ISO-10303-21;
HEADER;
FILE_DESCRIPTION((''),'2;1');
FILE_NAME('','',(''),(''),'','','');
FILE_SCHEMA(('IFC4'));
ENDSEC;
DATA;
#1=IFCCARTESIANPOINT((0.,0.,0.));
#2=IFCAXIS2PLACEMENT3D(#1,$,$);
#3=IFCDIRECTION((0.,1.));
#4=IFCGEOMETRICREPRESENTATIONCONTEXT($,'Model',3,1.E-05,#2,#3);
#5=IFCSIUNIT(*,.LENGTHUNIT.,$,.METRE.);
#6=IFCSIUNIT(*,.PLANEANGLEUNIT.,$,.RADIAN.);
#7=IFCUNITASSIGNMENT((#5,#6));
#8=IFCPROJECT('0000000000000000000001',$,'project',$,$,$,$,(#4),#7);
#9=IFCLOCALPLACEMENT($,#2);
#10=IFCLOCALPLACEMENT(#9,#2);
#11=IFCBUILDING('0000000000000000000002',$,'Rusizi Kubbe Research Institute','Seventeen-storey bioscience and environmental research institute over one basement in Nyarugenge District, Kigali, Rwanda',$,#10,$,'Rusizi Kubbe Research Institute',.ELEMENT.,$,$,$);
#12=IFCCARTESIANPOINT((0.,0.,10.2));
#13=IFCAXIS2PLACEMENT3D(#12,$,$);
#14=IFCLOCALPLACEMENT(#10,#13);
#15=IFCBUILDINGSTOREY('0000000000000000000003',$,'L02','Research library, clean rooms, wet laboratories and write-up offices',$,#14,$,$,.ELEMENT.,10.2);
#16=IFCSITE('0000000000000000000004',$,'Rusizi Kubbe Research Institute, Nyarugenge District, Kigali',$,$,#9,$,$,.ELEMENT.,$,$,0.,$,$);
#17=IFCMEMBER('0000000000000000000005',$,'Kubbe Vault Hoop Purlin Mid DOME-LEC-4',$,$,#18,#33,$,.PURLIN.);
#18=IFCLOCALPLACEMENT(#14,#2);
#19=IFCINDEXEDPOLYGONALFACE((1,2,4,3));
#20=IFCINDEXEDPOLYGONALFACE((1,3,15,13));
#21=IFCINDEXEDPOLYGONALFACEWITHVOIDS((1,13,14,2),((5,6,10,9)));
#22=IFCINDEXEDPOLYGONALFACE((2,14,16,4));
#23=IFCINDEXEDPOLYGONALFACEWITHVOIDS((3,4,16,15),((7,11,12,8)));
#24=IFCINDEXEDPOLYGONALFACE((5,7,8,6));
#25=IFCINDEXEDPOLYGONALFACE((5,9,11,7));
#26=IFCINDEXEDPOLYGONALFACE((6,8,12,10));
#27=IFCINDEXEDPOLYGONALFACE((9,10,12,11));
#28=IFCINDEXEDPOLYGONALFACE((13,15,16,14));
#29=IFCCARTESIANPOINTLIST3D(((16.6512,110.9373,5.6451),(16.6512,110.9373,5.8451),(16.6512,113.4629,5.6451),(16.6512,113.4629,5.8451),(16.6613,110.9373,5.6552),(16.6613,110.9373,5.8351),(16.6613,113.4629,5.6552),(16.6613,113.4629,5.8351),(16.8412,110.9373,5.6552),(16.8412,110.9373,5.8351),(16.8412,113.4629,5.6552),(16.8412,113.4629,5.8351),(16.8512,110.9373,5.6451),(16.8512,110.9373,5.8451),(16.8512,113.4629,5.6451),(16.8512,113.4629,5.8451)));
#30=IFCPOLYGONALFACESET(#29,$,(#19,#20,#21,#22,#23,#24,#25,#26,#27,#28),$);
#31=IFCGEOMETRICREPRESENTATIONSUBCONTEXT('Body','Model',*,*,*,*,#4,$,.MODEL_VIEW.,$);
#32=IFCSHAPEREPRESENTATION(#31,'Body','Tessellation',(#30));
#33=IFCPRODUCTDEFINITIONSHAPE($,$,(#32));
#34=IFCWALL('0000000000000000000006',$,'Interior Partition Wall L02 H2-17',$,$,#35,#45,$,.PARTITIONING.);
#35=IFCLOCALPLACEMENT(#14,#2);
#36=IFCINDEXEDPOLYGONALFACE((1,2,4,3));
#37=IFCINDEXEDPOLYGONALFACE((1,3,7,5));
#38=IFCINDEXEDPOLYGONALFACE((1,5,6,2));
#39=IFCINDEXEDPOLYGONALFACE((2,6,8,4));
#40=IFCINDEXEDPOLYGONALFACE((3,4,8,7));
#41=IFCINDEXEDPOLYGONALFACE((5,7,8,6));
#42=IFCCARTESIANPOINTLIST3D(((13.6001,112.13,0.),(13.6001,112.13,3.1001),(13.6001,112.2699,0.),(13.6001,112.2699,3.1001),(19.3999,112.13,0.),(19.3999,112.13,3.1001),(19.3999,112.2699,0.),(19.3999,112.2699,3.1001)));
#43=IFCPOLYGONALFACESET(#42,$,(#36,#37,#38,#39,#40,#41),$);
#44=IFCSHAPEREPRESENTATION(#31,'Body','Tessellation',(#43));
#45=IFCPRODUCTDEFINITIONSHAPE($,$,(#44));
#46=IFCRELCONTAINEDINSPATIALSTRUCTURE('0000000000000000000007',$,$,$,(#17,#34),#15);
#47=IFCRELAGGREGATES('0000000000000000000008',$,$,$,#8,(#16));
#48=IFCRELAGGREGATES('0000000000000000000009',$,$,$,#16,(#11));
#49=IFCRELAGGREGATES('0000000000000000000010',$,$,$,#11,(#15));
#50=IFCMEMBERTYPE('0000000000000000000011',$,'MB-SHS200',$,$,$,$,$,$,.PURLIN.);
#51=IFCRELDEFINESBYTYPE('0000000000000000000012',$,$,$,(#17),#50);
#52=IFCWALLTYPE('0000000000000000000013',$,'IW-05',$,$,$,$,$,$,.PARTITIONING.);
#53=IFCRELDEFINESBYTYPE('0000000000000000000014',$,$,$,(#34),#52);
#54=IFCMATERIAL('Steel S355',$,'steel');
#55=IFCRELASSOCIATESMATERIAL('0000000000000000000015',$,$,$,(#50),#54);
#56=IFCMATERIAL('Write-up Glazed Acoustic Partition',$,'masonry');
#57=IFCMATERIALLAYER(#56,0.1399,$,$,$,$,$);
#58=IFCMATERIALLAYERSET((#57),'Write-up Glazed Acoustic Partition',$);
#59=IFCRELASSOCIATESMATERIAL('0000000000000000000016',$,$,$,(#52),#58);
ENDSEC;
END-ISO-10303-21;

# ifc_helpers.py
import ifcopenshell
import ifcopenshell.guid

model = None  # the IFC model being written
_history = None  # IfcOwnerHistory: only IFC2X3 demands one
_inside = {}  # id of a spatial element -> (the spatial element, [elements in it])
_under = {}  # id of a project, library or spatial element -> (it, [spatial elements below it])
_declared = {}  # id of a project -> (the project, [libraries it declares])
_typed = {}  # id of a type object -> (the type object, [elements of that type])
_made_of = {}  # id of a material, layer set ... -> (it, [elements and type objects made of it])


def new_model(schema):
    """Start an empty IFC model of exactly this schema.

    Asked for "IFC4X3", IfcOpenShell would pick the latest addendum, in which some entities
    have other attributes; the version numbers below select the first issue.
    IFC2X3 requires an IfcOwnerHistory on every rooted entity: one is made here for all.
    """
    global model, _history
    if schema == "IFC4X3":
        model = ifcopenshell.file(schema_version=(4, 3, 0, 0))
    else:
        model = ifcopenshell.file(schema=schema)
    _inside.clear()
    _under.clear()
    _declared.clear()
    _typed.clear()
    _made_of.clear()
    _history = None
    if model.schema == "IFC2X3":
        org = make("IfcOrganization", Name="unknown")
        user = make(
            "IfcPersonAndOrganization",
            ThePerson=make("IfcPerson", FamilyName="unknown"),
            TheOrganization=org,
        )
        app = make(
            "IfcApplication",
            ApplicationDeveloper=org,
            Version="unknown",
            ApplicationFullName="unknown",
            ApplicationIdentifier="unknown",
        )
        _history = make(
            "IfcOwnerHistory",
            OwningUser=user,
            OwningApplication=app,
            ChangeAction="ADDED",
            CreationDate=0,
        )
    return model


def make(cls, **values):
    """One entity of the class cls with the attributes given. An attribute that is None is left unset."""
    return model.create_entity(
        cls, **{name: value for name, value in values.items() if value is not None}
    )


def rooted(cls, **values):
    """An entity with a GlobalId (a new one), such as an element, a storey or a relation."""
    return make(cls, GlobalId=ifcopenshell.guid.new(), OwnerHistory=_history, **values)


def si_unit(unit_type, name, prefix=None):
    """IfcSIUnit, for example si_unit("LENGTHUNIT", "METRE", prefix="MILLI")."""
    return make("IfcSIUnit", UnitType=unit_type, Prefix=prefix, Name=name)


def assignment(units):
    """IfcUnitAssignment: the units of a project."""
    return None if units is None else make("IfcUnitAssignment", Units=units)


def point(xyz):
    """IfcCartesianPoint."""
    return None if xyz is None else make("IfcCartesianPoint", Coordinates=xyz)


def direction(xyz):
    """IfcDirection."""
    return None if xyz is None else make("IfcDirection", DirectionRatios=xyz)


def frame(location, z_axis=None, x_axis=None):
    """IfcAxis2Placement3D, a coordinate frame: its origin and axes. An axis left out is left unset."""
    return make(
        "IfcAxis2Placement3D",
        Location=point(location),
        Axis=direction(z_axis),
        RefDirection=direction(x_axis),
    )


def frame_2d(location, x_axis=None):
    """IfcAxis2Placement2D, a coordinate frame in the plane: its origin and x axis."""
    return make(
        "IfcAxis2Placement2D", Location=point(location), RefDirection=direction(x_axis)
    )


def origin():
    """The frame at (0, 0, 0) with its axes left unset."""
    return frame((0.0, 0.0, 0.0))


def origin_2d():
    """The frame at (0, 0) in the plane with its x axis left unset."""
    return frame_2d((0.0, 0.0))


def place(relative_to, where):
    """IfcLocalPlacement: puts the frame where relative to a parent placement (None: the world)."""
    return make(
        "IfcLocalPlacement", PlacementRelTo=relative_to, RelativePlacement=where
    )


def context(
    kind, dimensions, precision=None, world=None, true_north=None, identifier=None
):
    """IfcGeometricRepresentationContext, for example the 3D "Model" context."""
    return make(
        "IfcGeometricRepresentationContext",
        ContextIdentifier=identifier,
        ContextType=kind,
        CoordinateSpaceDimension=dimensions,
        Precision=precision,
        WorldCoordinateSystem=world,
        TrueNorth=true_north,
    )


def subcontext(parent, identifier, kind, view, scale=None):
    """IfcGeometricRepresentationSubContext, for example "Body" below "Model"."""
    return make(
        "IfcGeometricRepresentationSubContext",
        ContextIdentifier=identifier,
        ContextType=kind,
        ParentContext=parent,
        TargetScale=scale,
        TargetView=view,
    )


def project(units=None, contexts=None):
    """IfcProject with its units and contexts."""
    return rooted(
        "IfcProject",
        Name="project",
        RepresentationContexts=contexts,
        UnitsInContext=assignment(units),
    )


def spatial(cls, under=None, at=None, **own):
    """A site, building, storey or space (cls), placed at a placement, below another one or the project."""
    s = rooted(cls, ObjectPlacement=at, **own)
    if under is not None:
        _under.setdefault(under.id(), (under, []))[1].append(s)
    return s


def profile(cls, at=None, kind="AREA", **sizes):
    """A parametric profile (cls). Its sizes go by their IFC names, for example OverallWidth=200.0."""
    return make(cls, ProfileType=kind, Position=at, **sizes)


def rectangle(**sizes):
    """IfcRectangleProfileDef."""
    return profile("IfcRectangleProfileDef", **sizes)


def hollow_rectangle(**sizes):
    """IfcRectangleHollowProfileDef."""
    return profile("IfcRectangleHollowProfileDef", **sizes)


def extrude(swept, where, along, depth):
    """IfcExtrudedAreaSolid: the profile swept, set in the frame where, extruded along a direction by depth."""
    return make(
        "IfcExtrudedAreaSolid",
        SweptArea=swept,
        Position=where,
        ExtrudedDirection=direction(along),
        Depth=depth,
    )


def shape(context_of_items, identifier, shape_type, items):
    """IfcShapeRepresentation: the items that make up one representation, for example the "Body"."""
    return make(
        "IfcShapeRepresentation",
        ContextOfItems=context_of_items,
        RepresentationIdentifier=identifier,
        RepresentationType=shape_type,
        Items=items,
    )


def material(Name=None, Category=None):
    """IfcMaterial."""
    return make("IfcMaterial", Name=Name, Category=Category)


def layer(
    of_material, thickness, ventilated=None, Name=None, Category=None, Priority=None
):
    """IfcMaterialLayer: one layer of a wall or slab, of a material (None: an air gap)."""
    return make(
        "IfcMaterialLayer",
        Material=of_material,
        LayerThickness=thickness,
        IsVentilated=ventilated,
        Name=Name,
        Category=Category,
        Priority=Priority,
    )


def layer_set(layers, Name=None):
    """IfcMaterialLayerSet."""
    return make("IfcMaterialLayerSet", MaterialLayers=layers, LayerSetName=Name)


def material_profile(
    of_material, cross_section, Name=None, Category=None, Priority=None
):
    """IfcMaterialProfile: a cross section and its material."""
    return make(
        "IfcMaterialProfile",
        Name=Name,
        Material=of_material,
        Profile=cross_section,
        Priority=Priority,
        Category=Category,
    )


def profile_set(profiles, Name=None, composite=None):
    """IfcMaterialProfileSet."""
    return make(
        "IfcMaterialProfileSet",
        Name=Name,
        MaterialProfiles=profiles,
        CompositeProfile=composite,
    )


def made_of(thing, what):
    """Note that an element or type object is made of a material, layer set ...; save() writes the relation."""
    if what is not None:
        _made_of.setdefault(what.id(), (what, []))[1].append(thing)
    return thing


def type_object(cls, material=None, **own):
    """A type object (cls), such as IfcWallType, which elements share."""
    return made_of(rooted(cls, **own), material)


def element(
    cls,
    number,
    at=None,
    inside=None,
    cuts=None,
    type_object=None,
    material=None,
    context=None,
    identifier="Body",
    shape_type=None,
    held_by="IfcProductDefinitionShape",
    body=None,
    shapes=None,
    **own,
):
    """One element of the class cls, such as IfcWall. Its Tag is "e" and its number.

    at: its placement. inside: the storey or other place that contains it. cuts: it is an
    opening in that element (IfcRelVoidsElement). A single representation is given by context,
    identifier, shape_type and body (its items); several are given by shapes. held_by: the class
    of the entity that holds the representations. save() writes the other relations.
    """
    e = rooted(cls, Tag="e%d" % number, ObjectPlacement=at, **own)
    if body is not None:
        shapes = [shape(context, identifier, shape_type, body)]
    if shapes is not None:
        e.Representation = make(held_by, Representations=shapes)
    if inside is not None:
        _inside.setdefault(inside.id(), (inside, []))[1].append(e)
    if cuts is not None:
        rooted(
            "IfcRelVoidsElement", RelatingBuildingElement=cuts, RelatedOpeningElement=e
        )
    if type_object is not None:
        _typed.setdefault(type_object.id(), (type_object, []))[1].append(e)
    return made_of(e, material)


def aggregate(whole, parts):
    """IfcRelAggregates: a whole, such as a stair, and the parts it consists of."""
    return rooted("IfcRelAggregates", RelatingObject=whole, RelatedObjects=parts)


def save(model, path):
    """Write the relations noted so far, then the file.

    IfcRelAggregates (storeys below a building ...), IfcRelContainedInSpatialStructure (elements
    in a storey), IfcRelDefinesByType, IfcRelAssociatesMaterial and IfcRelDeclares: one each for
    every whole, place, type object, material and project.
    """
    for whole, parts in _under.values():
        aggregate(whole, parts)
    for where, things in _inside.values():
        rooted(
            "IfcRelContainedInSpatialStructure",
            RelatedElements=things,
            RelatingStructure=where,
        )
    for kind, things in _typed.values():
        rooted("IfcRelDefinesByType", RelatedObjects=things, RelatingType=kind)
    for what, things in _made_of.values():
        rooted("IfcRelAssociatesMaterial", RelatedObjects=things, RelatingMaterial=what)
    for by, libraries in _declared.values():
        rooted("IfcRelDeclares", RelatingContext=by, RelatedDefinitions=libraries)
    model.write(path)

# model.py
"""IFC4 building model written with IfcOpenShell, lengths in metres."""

from ifc_helpers import new_model, si_unit, direction, frame, frame_2d, origin, origin_2d, place, context, subcontext, project, spatial, rectangle, hollow_rectangle, extrude, material, layer, layer_set, material_profile, profile_set, type_object, element, save


model = new_model("IFC4")

# Units and contexts
model_context = context("Model", 3, precision=1e-05, world=origin(), true_north=direction((0.0, 1.0)))
body_context = subcontext(model_context, "Body", "Model", "MODEL_VIEW")
ifc_project = project(units=[si_unit("LENGTHUNIT", "METRE"), si_unit("PLANEANGLEUNIT", "RADIAN")], contexts=[model_context])

# Site, building, storey
site_placement = place(None, origin())
site = spatial("IfcSite", under=ifc_project, at=site_placement, Name="Rusizi Kubbe Research Institute, Nyarugenge District, Kigali", CompositionType="ELEMENT", RefElevation=0.0)
building_placement = place(site_placement, origin())
building = spatial("IfcBuilding", under=site, at=building_placement, Name="Rusizi Kubbe Research Institute", Description="Seventeen-storey bioscience and environmental research institute over one basement in Nyarugenge District, Kigali, Rwanda", LongName="Rusizi Kubbe Research Institute", CompositionType="ELEMENT")
storey_placement = place(building_placement, frame((0.0, 0.0, 10.2)))
storey = spatial("IfcBuildingStorey", under=building, at=storey_placement, Name="L02", Description="Research library, clean rooms, wet laboratories and write-up offices", CompositionType="ELEMENT", Elevation=10.2)

# Member
ifc_material_1 = material(Name="Steel S355", Category="steel")
ifc_material_profile_1 = material_profile(ifc_material_1, hollow_rectangle(XDim=0.2, YDim=0.2, WallThickness=0.01, at=origin_2d()), Name="SHS 200x200x10.0")
ifc_profile_set_1 = profile_set([ifc_material_profile_1], Name="Steel S355")
member_type_1 = type_object("IfcMemberType", Name="MB-SHS200", PredefinedType="PURLIN", material=ifc_profile_set_1)
member_1_placement = place(storey_placement, frame((16.7512, 113.4629, 5.7451), z_axis=(0.0, -1.0, 0.0), x_axis=(1.0, 0.0, 0.0)))
element("IfcMember", 1, at=member_1_placement, inside=storey, type_object=member_type_1, Name="Kubbe Vault Hoop Purlin Mid DOME-LEC-4", PredefinedType="PURLIN", context=body_context, shape_type="SweptSolid", body=[
    extrude(hollow_rectangle(XDim=0.2, YDim=0.2, WallThickness=0.01, at=origin_2d()), origin(), (0.0, 0.0, 1.0), 2.5256),
])

# Wall
ifc_material_2 = material(Name="Write-up Glazed Acoustic Partition", Category="masonry")
ifc_layer = layer(ifc_material_2, 0.1399)
ifc_layer_set = layer_set([ifc_layer], Name="Write-up Glazed Acoustic Partition")
wall_type = type_object("IfcWallType", Name="IW-05", PredefinedType="PARTITIONING", material=ifc_layer_set)
wall_placement = place(storey_placement, frame((13.6001, 112.2, 0.0), z_axis=(0.0, 0.0, 1.0), x_axis=(1.0, 0.0, 0.0)))
element("IfcWall", 2, at=wall_placement, inside=storey, type_object=wall_type, Name="Interior Partition Wall L02 H2-17", PredefinedType="PARTITIONING", context=body_context, shape_type="SweptSolid", body=[
    extrude(rectangle(XDim=5.7998, YDim=0.1399, at=frame_2d((2.8999, 0.0))), origin(), (0.0, 0.0, 1.0), 3.1001),
])

save(model, "model.ifc")
